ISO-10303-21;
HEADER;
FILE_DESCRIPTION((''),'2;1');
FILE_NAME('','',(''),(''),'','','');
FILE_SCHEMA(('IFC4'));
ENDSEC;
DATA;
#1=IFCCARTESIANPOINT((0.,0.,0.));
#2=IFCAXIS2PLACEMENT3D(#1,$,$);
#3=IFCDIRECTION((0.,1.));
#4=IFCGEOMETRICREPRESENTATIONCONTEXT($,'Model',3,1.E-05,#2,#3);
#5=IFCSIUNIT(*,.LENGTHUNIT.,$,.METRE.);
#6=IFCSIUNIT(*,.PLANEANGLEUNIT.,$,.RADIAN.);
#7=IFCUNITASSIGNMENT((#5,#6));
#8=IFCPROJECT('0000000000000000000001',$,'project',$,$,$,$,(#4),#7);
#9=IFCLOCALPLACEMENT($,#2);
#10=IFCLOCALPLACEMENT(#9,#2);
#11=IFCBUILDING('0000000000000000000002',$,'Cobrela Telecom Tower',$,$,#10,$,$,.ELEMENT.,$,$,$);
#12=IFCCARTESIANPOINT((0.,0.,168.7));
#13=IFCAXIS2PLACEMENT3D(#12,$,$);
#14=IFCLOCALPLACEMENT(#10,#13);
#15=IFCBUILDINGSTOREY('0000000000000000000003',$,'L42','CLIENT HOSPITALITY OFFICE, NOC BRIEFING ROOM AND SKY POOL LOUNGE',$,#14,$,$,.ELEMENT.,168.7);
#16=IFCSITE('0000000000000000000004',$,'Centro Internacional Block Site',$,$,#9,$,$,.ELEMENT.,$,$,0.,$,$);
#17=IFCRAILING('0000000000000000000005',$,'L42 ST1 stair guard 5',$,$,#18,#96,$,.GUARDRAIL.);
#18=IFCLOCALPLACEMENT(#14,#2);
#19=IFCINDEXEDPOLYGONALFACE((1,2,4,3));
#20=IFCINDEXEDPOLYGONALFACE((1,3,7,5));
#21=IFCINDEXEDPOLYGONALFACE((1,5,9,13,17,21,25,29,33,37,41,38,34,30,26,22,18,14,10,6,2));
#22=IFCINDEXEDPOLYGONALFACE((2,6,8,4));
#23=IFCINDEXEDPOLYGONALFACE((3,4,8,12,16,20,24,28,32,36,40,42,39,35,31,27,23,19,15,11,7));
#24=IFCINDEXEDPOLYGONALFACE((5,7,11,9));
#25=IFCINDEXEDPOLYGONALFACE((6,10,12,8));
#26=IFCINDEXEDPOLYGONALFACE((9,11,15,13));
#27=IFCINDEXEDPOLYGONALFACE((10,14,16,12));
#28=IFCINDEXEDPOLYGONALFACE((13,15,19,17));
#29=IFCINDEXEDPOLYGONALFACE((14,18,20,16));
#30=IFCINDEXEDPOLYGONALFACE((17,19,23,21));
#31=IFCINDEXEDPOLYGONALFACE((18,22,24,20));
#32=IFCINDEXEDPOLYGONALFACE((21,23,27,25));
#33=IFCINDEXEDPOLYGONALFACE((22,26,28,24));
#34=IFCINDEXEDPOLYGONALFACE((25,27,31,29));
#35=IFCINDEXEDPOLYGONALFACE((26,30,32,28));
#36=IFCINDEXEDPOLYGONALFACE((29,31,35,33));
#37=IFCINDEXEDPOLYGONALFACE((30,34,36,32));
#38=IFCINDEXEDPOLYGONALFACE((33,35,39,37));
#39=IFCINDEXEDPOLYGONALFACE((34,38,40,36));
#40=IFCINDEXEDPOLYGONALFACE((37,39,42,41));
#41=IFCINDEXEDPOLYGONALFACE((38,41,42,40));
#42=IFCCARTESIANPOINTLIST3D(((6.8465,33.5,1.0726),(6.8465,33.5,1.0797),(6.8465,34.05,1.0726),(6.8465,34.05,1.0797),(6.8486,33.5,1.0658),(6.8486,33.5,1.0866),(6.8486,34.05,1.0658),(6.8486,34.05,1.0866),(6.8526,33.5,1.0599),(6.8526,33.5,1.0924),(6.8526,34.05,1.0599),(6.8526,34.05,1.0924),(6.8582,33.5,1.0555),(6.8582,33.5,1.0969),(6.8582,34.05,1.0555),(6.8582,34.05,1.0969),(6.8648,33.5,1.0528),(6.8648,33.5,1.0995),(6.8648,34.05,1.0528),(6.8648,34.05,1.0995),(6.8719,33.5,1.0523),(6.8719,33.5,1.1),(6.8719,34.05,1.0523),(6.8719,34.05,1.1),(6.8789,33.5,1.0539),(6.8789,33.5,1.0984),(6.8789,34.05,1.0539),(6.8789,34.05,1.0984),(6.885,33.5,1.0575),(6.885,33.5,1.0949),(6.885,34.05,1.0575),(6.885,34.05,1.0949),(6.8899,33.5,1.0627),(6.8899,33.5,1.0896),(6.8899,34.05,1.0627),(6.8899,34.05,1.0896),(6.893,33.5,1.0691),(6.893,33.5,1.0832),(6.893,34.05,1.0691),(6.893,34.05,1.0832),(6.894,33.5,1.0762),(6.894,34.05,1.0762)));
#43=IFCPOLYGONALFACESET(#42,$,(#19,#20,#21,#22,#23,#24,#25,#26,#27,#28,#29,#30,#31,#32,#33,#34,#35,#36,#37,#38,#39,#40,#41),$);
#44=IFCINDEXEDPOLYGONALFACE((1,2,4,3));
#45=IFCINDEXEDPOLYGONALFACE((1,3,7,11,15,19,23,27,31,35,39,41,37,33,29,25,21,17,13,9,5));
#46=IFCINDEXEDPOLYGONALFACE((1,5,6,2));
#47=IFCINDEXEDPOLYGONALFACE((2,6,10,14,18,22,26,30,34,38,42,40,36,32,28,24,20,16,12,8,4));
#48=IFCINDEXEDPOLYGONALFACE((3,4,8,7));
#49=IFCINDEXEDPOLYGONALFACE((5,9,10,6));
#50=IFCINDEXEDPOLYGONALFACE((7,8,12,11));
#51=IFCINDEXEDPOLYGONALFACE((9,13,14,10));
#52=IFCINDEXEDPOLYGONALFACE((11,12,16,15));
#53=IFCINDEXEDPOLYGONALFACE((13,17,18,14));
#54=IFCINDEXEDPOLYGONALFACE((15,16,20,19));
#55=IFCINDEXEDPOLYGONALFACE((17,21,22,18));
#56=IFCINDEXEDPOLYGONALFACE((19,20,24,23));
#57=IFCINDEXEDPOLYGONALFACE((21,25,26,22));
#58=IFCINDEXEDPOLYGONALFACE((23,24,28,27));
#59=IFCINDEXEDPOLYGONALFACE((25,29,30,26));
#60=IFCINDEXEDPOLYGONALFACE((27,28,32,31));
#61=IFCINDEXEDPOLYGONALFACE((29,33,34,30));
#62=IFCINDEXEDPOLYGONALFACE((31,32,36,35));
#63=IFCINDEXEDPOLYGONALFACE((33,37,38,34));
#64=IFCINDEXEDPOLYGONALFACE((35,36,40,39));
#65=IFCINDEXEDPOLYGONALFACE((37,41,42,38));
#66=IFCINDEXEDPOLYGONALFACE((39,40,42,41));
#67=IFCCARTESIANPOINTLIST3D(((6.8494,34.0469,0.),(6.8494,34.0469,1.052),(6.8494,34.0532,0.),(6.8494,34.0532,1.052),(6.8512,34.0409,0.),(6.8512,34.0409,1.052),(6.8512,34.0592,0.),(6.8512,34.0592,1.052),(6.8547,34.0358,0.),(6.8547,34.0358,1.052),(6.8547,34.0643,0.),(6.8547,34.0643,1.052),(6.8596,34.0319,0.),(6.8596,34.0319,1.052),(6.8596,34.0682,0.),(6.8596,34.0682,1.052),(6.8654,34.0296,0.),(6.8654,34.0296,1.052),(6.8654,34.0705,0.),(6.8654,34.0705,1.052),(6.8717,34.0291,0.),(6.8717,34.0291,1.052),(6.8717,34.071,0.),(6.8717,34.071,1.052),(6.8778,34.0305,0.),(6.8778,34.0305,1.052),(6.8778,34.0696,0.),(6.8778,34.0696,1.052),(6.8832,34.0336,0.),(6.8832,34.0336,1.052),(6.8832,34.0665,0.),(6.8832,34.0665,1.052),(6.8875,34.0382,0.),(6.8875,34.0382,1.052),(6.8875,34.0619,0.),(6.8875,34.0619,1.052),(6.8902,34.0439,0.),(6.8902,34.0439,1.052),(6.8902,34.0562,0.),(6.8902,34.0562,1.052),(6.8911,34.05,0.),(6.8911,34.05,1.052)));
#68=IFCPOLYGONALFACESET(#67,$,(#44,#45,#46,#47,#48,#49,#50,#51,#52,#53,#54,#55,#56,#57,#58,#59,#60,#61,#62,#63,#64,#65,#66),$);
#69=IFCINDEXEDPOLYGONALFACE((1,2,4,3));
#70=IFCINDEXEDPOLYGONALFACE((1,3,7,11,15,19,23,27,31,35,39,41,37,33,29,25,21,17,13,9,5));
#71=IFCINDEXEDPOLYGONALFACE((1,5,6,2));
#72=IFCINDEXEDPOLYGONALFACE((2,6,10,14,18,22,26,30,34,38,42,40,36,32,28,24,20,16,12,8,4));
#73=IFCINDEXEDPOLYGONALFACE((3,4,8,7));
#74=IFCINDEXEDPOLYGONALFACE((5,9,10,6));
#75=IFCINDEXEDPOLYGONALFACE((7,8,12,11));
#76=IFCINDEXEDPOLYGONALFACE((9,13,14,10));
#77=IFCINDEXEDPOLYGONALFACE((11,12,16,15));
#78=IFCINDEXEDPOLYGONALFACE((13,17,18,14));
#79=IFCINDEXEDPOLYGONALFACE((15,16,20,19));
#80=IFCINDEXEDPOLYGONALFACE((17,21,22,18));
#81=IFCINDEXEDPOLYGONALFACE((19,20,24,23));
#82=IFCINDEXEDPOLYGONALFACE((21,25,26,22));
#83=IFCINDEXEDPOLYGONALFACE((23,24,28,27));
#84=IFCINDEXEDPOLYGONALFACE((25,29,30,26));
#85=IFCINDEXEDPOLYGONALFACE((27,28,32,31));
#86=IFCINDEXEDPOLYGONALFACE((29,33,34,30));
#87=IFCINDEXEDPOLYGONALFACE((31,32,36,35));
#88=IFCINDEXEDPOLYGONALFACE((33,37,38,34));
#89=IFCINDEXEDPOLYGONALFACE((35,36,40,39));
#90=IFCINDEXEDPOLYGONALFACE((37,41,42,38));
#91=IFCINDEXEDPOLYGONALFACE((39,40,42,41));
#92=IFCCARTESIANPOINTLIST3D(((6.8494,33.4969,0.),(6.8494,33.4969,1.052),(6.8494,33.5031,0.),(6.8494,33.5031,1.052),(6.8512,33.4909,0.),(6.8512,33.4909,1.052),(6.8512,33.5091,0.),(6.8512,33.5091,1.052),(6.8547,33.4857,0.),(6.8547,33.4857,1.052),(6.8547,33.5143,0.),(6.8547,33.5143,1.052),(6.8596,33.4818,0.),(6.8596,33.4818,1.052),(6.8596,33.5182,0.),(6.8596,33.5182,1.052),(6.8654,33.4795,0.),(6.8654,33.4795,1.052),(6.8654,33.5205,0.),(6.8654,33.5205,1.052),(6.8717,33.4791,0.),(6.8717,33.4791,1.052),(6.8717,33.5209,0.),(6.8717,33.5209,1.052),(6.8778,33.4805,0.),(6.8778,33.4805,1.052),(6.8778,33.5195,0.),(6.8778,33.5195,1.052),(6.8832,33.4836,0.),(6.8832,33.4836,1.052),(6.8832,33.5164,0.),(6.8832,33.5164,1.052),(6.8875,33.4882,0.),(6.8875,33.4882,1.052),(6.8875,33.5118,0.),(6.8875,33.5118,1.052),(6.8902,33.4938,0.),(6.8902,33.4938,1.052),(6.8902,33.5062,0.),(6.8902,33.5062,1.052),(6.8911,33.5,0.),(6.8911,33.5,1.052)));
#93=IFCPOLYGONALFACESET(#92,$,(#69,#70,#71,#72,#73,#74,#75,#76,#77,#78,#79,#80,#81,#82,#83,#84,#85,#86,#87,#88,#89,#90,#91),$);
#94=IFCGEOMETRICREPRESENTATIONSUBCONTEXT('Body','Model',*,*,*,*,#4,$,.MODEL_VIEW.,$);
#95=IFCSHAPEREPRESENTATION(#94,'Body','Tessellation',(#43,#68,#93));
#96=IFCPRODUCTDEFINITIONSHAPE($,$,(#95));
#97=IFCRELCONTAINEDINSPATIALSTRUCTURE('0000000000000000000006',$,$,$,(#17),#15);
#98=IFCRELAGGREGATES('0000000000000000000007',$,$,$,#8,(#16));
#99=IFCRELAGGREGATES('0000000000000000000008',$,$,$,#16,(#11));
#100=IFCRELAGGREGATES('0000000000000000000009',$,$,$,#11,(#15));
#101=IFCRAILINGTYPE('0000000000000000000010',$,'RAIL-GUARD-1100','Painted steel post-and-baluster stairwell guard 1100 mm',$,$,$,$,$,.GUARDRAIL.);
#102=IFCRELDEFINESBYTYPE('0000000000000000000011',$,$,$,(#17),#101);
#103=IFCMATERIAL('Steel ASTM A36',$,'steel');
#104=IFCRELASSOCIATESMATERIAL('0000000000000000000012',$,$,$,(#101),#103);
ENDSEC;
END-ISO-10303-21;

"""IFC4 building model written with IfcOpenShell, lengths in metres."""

from ifc_helpers import new_model, si_unit, direction, frame, origin, origin_2d, place, context, subcontext, project, spatial, circle, extrude, material, type_object, element, save


model = new_model("IFC4")

# Units and contexts
model_context = context("Model", 3, precision=1e-05, world=origin(), true_north=direction((0.0, 1.0)))
body_context = subcontext(model_context, "Body", "Model", "MODEL_VIEW")
ifc_project = project(units=[si_unit("LENGTHUNIT", "METRE"), si_unit("PLANEANGLEUNIT", "RADIAN")], contexts=[model_context])

# Site, building, storey
site_placement = place(None, origin())
site = spatial("IfcSite", under=ifc_project, at=site_placement, Name="Centro Internacional Block Site", CompositionType="ELEMENT", RefElevation=0.0)
building_placement = place(site_placement, origin())
building = spatial("IfcBuilding", under=site, at=building_placement, Name="Cobrela Telecom Tower", CompositionType="ELEMENT")
storey_placement = place(building_placement, frame((0.0, 0.0, 168.7)))
storey = spatial("IfcBuildingStorey", under=building, at=storey_placement, Name="L42", Description="CLIENT HOSPITALITY OFFICE, NOC BRIEFING ROOM AND SKY POOL LOUNGE", CompositionType="ELEMENT", Elevation=168.7)

# Railing
ifc_material_1 = material(Name="Steel ASTM A36", Category="steel")
railing_type_1 = type_object("IfcRailingType", Name="RAIL-GUARD-1100", Description="Painted steel post-and-baluster stairwell guard 1100 mm", PredefinedType="GUARDRAIL", material=ifc_material_1)
railing_1_placement = place(storey_placement, frame((6.8701, 34.05, 0.0)))
element("IfcRailing", 1, at=railing_1_placement, inside=storey, type_object=railing_type_1, Name="L42 ST1 stair guard 5", PredefinedType="GUARDRAIL", context=body_context, shape_type="SweptSolid", body=[
    extrude(circle(Radius=0.0239, at=origin_2d()), frame((0.0, 0.0, 1.0762), z_axis=(0.0, -1.0, 0.0), x_axis=(1.0, 0.0, 0.0)), (0.0, 0.0, 1.0), 0.55),
    extrude(circle(Radius=0.021, at=origin_2d()), origin(), (0.0, 0.0, 1.0), 1.052),
    extrude(circle(Radius=0.021, at=origin_2d()), frame((0.0, -0.55, 0.0)), (0.0, 0.0, 1.0), 1.052),
])

save(model, "model.ifc")
